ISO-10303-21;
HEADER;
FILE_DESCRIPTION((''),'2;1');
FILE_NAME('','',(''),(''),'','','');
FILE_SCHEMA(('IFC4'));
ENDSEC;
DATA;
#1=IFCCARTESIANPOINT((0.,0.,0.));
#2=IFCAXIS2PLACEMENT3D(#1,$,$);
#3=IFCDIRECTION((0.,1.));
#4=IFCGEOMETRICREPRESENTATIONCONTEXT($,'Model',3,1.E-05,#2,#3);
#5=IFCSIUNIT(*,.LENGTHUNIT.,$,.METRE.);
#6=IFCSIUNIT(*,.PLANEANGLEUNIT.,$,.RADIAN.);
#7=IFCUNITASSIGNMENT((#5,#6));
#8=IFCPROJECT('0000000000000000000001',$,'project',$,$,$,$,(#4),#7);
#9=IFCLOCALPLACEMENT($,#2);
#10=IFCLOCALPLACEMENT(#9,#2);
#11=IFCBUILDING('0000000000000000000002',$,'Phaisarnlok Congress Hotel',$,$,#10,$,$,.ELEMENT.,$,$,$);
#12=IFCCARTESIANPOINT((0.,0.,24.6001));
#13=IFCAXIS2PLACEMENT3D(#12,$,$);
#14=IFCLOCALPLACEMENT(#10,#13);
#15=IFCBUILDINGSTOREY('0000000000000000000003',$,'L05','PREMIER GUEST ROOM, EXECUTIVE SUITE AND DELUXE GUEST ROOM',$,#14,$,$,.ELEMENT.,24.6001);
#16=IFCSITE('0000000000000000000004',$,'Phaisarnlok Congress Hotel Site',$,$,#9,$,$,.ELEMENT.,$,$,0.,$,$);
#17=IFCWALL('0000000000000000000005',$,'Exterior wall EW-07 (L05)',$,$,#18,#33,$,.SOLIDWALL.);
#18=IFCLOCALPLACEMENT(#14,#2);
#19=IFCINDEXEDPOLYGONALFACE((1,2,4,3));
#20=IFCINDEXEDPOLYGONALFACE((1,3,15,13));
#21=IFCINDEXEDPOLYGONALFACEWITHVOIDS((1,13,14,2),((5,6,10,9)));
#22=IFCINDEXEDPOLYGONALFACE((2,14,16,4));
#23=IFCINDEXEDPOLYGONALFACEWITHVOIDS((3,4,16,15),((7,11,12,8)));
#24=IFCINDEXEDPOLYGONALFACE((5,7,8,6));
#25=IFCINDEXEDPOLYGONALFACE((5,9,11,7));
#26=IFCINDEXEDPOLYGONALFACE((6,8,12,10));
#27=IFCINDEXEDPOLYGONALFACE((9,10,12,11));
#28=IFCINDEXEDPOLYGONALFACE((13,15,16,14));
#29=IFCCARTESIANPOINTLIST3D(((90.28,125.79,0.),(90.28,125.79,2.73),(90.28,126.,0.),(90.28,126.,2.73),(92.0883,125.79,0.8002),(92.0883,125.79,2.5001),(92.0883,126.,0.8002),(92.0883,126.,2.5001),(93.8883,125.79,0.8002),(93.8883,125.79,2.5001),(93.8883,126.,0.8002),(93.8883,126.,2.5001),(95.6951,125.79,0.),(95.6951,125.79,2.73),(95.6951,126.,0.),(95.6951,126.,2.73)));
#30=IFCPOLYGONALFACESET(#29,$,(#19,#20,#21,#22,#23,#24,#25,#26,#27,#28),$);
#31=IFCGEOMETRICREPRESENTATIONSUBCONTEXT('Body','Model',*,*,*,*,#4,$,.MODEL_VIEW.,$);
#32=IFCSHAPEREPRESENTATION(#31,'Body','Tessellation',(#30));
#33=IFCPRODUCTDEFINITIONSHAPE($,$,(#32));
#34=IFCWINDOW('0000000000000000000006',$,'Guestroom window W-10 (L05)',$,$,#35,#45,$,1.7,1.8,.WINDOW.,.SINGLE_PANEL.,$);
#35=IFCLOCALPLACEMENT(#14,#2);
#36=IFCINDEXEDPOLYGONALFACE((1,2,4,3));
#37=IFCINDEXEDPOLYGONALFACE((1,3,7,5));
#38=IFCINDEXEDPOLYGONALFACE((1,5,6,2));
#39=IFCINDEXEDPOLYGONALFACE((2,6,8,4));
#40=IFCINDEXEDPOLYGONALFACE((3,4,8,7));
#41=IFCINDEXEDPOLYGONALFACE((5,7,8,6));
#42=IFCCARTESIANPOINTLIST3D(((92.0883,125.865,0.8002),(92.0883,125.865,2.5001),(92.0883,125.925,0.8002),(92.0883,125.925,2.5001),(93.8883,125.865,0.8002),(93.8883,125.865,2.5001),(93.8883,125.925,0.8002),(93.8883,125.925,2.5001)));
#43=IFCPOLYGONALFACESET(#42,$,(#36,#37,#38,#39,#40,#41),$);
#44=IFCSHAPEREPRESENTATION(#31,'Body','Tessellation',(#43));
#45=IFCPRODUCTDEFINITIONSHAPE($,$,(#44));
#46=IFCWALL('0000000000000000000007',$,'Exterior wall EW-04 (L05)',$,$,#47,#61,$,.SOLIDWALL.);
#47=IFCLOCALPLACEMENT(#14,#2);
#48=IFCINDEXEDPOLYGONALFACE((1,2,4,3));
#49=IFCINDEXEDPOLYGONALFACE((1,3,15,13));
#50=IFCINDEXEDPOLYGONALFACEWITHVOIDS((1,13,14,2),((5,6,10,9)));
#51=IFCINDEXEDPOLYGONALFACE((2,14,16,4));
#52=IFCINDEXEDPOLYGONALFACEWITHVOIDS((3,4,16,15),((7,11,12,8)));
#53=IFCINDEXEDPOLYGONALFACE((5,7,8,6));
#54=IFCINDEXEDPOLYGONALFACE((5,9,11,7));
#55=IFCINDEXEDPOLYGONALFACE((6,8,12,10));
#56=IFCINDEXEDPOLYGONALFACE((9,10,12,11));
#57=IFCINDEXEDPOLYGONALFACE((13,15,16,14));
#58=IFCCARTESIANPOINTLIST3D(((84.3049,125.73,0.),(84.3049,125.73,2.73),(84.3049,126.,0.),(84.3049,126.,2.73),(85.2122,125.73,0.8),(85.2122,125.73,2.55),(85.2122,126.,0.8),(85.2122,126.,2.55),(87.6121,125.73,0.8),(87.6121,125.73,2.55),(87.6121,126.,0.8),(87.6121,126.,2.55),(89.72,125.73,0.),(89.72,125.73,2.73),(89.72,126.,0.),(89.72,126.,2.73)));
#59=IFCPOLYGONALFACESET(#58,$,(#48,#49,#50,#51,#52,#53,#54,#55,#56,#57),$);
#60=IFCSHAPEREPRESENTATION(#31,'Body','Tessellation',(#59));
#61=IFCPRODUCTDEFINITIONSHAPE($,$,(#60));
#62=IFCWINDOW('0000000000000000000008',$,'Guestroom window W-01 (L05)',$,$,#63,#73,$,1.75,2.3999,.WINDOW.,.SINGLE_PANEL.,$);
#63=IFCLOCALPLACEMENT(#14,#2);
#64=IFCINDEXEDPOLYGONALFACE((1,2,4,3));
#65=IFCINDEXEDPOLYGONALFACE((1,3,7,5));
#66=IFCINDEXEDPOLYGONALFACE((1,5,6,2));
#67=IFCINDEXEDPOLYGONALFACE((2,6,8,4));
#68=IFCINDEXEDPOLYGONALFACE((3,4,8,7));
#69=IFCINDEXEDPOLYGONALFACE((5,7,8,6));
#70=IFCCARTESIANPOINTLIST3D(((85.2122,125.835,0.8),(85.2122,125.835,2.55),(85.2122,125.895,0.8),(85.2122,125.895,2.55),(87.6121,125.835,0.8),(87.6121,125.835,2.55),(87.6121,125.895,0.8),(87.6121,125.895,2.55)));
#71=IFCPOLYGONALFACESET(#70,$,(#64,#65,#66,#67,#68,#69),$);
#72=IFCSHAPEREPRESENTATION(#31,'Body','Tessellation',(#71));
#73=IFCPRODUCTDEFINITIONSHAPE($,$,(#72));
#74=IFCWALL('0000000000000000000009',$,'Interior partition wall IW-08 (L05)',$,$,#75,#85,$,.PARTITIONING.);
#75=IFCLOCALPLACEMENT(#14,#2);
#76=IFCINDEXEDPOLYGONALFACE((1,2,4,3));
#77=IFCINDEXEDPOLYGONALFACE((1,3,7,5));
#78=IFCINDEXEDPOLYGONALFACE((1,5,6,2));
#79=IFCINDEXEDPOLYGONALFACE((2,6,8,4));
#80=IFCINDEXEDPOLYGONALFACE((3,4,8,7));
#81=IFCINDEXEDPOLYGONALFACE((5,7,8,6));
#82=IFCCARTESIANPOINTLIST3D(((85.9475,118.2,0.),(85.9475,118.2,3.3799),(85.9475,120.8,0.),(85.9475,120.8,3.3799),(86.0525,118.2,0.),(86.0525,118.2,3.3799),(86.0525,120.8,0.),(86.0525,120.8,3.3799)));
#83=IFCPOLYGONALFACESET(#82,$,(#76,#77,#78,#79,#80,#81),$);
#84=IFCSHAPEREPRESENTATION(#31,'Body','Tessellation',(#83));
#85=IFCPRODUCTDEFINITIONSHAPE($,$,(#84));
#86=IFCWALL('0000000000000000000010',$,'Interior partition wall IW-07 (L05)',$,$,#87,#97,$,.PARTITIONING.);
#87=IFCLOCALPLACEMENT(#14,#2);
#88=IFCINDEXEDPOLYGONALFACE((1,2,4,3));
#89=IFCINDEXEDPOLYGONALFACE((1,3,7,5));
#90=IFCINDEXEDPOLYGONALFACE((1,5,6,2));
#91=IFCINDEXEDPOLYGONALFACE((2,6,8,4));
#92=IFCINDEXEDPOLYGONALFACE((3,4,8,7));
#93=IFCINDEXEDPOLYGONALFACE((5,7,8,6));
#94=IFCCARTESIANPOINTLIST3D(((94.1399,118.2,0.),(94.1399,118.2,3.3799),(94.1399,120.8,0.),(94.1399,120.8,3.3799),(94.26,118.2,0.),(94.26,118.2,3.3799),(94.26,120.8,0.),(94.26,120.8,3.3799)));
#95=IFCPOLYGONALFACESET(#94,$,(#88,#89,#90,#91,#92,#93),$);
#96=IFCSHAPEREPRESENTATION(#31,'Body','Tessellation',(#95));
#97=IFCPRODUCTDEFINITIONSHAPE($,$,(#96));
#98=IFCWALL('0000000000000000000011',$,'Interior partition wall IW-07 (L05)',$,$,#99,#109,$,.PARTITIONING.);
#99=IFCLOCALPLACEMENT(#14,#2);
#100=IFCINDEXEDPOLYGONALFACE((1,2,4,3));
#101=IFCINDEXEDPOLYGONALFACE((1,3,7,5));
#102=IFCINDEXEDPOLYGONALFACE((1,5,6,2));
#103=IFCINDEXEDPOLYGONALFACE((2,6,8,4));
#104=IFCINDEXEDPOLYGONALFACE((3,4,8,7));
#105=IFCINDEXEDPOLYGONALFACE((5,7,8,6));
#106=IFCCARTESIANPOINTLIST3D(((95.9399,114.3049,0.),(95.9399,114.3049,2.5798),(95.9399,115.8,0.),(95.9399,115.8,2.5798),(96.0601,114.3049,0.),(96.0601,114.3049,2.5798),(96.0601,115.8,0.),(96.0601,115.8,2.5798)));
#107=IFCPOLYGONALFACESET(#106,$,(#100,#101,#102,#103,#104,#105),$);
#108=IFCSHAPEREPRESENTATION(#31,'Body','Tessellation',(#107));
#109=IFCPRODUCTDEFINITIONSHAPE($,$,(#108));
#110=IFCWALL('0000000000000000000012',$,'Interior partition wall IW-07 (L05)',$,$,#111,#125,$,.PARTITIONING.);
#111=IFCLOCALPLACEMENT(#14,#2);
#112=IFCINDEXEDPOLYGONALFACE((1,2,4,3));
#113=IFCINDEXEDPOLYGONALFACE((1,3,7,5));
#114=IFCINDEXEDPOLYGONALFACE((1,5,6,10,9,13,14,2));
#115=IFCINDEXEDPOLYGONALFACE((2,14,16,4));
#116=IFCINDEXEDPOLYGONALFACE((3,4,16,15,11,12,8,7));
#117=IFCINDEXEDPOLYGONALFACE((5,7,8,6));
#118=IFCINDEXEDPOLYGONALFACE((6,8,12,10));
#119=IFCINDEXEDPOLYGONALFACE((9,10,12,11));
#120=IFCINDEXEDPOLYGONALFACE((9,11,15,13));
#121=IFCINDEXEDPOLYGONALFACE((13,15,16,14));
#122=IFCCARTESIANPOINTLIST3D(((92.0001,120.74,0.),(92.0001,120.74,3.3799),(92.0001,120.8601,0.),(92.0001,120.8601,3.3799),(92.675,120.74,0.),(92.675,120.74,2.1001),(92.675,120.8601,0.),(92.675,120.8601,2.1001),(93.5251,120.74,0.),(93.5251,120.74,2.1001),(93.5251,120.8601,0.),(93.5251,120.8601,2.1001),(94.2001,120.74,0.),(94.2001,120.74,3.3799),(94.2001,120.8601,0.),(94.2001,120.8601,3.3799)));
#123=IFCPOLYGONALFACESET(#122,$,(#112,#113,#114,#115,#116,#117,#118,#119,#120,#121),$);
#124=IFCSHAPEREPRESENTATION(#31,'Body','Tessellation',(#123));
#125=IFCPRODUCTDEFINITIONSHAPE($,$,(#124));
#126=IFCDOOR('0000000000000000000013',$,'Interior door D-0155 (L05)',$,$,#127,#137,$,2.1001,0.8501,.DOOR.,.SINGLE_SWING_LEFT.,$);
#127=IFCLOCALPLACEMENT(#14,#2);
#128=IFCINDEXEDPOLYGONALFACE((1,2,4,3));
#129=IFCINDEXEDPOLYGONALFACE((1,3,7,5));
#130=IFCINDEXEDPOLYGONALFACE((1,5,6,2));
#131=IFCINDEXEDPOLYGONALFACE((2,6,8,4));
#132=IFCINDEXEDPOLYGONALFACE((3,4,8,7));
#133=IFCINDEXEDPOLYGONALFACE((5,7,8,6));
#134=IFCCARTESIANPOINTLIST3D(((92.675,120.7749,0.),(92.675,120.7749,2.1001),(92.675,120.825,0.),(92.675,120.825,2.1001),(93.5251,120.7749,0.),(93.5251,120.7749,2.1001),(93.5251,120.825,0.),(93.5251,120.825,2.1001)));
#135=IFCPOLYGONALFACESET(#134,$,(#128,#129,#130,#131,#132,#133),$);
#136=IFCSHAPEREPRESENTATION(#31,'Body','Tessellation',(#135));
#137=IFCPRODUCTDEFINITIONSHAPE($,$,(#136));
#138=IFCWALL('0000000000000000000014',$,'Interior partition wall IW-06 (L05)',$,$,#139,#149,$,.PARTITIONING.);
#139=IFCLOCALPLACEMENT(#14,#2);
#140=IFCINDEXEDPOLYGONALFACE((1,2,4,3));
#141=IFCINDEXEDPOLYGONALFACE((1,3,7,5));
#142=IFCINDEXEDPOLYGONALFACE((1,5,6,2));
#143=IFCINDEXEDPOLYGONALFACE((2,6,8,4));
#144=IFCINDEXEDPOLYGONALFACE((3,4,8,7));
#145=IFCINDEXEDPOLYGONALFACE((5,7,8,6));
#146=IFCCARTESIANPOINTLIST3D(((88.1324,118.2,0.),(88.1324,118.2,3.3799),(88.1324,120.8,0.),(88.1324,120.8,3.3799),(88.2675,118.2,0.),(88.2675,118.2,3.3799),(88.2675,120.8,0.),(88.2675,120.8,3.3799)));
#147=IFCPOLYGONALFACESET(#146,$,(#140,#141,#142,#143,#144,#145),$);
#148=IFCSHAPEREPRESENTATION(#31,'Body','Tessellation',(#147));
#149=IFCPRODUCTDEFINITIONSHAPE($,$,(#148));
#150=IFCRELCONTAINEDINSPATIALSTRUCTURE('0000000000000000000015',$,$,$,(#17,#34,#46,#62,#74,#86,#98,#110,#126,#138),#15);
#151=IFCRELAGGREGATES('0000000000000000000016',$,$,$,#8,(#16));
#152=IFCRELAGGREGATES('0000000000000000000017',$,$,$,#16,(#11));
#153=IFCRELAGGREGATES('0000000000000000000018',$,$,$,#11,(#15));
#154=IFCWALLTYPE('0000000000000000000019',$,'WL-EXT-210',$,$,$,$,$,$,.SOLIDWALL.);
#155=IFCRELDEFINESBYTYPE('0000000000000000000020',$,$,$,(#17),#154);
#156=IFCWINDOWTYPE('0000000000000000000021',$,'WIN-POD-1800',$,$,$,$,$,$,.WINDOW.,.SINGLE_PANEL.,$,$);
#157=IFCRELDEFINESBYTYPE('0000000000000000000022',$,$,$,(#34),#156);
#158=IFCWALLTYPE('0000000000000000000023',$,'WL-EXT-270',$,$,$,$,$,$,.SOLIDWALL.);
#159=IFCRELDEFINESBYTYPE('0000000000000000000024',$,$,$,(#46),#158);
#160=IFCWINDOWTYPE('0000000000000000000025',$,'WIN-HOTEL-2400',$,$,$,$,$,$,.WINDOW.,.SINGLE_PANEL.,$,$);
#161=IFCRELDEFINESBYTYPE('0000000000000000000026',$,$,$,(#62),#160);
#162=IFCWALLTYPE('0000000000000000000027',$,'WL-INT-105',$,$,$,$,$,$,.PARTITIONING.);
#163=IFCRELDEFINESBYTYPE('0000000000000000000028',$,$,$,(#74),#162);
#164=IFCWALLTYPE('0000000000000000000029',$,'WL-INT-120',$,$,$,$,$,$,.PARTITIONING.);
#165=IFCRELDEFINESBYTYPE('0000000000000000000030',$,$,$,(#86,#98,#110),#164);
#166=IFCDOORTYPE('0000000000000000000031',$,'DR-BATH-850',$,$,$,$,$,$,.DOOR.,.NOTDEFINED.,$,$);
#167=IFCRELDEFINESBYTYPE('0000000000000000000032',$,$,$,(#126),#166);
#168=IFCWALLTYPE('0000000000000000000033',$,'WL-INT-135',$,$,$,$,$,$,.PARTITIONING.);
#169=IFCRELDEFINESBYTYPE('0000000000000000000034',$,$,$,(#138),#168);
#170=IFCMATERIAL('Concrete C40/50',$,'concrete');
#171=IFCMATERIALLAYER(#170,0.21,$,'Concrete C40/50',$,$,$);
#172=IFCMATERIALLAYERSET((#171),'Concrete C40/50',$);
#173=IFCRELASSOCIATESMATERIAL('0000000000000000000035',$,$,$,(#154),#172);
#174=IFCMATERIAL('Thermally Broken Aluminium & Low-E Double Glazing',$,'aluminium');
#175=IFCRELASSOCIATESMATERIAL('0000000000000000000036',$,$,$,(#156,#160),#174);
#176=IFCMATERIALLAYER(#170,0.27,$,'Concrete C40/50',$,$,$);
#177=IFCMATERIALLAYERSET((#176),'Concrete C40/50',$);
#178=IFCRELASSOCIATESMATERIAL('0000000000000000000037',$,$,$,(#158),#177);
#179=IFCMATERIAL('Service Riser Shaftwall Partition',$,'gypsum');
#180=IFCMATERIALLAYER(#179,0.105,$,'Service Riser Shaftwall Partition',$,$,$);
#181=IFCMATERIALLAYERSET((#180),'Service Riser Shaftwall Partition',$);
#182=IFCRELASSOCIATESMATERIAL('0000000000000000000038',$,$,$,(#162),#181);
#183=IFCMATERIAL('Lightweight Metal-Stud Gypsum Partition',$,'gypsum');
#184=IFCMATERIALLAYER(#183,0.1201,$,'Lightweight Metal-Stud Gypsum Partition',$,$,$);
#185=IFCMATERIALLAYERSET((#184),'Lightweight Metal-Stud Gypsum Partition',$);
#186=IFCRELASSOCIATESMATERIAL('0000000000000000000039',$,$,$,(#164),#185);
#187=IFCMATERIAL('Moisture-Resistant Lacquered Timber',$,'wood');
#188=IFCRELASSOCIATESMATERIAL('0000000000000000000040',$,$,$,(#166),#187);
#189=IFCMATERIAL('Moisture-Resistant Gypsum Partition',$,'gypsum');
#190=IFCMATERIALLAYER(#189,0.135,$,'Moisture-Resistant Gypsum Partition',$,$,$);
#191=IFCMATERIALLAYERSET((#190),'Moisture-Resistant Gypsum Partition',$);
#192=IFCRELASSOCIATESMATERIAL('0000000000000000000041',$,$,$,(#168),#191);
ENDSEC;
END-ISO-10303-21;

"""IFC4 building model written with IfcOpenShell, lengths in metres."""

from ifc_helpers import new_model, si_unit, direction, frame, frame_2d, origin, place, context, subcontext, project, spatial, rectangle, extrude, material, layer, layer_set, type_object, element, fill, save


model = new_model("IFC4")

# Units and contexts
model_context = context("Model", 3, precision=1e-05, world=origin(), true_north=direction((0.0, 1.0)))
body_context = subcontext(model_context, "Body", "Model", "MODEL_VIEW")
ifc_project = project(units=[si_unit("LENGTHUNIT", "METRE"), si_unit("PLANEANGLEUNIT", "RADIAN")], contexts=[model_context])

# Site, building, storey
site_placement = place(None, origin())
site = spatial("IfcSite", under=ifc_project, at=site_placement, Name="Phaisarnlok Congress Hotel Site", CompositionType="ELEMENT", RefElevation=0.0)
building_placement = place(site_placement, origin())
building = spatial("IfcBuilding", under=site, at=building_placement, Name="Phaisarnlok Congress Hotel", CompositionType="ELEMENT")
storey_placement = place(building_placement, frame((0.0, 0.0, 24.6001)))
storey = spatial("IfcBuildingStorey", under=building, at=storey_placement, Name="L05", Description="PREMIER GUEST ROOM, EXECUTIVE SUITE AND DELUXE GUEST ROOM", CompositionType="ELEMENT", Elevation=24.6001)

# Shared definitions
ifc_material_1 = material(Name="Concrete C40/50", Category="concrete")

# Walls, openings, windows
ifc_layer_1 = layer(ifc_material_1, 0.21, Name="Concrete C40/50")
ifc_layer_set_1 = layer_set([ifc_layer_1], Name="Concrete C40/50")
wall_type_1 = type_object("IfcWallType", Name="WL-EXT-210", PredefinedType="SOLIDWALL", material=ifc_layer_set_1)
wall_1_placement = place(storey_placement, frame((95.6951, 125.895, 0.0), z_axis=(0.0, 0.0, 1.0), x_axis=(-1.0, 0.0, 0.0)))
wall_1 = element("IfcWall", 1, at=wall_1_placement, inside=storey, type_object=wall_type_1, Name="Exterior wall EW-07 (L05)", PredefinedType="SOLIDWALL", context=body_context, shape_type="SweptSolid", body=[
    extrude(rectangle(XDim=5.415, YDim=0.21, at=frame_2d((2.7075, 0.0))), origin(), (0.0, 0.0, 1.0), 2.73),
])
opening_1_placement = place(wall_1_placement, frame((1.8069, 0.0, 0.8)))
opening_1 = element("IfcOpeningElement", 2, at=opening_1_placement, cuts=wall_1, PredefinedType="OPENING", context=body_context, shape_type="SweptSolid", body=[
    extrude(rectangle(XDim=1.8, YDim=1.7, at=frame_2d((0.8999, 0.8501))), frame((0.0, 0.115, 0.0), z_axis=(0.0, -1.0, 0.0), x_axis=(1.0, 0.0, 0.0)), (0.0, 0.0, 1.0), 0.23),
])
ifc_material_2 = material(Name="Thermally Broken Aluminium & Low-E Double Glazing", Category="aluminium")
window_type_1 = type_object("IfcWindowType", Name="WIN-POD-1800", PartitioningType="SINGLE_PANEL", PredefinedType="WINDOW", material=ifc_material_2)
window_1_placement = place(opening_1_placement, origin())
window_1 = element("IfcWindow", 3, at=window_1_placement, inside=storey, type_object=window_type_1, Name="Guestroom window W-10 (L05)", OverallHeight=1.7, OverallWidth=1.8, PartitioningType="SINGLE_PANEL", PredefinedType="WINDOW", context=body_context, shape_type="SweptSolid", body=[
    extrude(rectangle(XDim=1.8, YDim=1.7, at=frame_2d((0.8999, 0.8501))), frame((0.0, 0.03, 0.0), z_axis=(0.0, -1.0, 0.0), x_axis=(1.0, 0.0, 0.0)), (0.0, 0.0, 1.0), 0.0601),
])
fill(opening_1, window_1)
ifc_layer_2 = layer(ifc_material_1, 0.27, Name="Concrete C40/50")
ifc_layer_set_2 = layer_set([ifc_layer_2], Name="Concrete C40/50")
wall_type_2 = type_object("IfcWallType", Name="WL-EXT-270", PredefinedType="SOLIDWALL", material=ifc_layer_set_2)
wall_2_placement = place(storey_placement, frame((89.72, 125.865, 0.0), z_axis=(0.0, 0.0, 1.0), x_axis=(-1.0, 0.0, 0.0)))
wall_2 = element("IfcWall", 4, at=wall_2_placement, inside=storey, type_object=wall_type_2, Name="Exterior wall EW-04 (L05)", PredefinedType="SOLIDWALL", context=body_context, shape_type="SweptSolid", body=[
    extrude(rectangle(XDim=5.415, YDim=0.27, at=frame_2d((2.7075, 0.0))), origin(), (0.0, 0.0, 1.0), 2.73),
])
opening_2_placement = place(wall_2_placement, frame((2.1079, 0.0, 0.8)))
opening_2 = element("IfcOpeningElement", 5, at=opening_2_placement, cuts=wall_2, PredefinedType="OPENING", context=body_context, shape_type="SweptSolid", body=[
    extrude(rectangle(XDim=2.3999, YDim=1.75, at=frame_2d((1.2, 0.875))), frame((0.0, 0.145, 0.0), z_axis=(0.0, -1.0, 0.0), x_axis=(1.0, 0.0, 0.0)), (0.0, 0.0, 1.0), 0.29),
])
window_type_2 = type_object("IfcWindowType", Name="WIN-HOTEL-2400", PartitioningType="SINGLE_PANEL", PredefinedType="WINDOW", material=ifc_material_2)
window_2_placement = place(opening_2_placement, origin())
window_2 = element("IfcWindow", 6, at=window_2_placement, inside=storey, type_object=window_type_2, Name="Guestroom window W-01 (L05)", OverallHeight=1.75, OverallWidth=2.3999, PartitioningType="SINGLE_PANEL", PredefinedType="WINDOW", context=body_context, shape_type="SweptSolid", body=[
    extrude(rectangle(XDim=2.3999, YDim=1.75, at=frame_2d((1.2, 0.875))), frame((0.0, 0.03, 0.0), z_axis=(0.0, -1.0, 0.0), x_axis=(1.0, 0.0, 0.0)), (0.0, 0.0, 1.0), 0.0601),
])
fill(opening_2, window_2)

# Walls
ifc_material_3 = material(Name="Service Riser Shaftwall Partition", Category="gypsum")
ifc_layer_3 = layer(ifc_material_3, 0.105, Name="Service Riser Shaftwall Partition")
ifc_layer_set_3 = layer_set([ifc_layer_3], Name="Service Riser Shaftwall Partition")
wall_type_3 = type_object("IfcWallType", Name="WL-INT-105", PredefinedType="PARTITIONING", material=ifc_layer_set_3)
wall_3_placement = place(storey_placement, frame((86.0, 118.2, 0.0), z_axis=(0.0, 0.0, 1.0), x_axis=(0.0, 1.0, 0.0)))
element("IfcWall", 7, at=wall_3_placement, inside=storey, type_object=wall_type_3, Name="Interior partition wall IW-08 (L05)", PredefinedType="PARTITIONING", context=body_context, shape_type="SweptSolid", body=[
    extrude(rectangle(XDim=2.6001, YDim=0.105, at=frame_2d((1.3, 0.0))), origin(), (0.0, 0.0, 1.0), 3.3799),
])
ifc_material_4 = material(Name="Lightweight Metal-Stud Gypsum Partition", Category="gypsum")
ifc_layer_4 = layer(ifc_material_4, 0.1201, Name="Lightweight Metal-Stud Gypsum Partition")
ifc_layer_set_4 = layer_set([ifc_layer_4], Name="Lightweight Metal-Stud Gypsum Partition")
wall_type_4 = type_object("IfcWallType", Name="WL-INT-120", PredefinedType="PARTITIONING", material=ifc_layer_set_4)
wall_4_placement = place(storey_placement, frame((94.2, 118.2, 0.0), z_axis=(0.0, 0.0, 1.0), x_axis=(0.0, 1.0, 0.0)))
element("IfcWall", 8, at=wall_4_placement, inside=storey, type_object=wall_type_4, Name="Interior partition wall IW-07 (L05)", PredefinedType="PARTITIONING", context=body_context, shape_type="SweptSolid", body=[
    extrude(rectangle(XDim=2.6001, YDim=0.1201, at=frame_2d((1.3, 0.0))), origin(), (0.0, 0.0, 1.0), 3.3799),
])
wall_5_placement = place(storey_placement, frame((96.0, 114.3049, 0.0), z_axis=(0.0, 0.0, 1.0), x_axis=(0.0, 1.0, 0.0)))
element("IfcWall", 9, at=wall_5_placement, inside=storey, type_object=wall_type_4, Name="Interior partition wall IW-07 (L05)", PredefinedType="PARTITIONING", context=body_context, shape_type="SweptSolid", body=[
    extrude(rectangle(XDim=1.4951, YDim=0.1201, at=frame_2d((0.7476, 0.0))), origin(), (0.0, 0.0, 1.0), 2.5798),
])

# Wall, opening, door
wall_6_placement = place(storey_placement, frame((92.0, 120.8, 0.0), z_axis=(0.0, 0.0, 1.0), x_axis=(1.0, 0.0, 0.0)))
wall_6 = element("IfcWall", 10, at=wall_6_placement, inside=storey, type_object=wall_type_4, Name="Interior partition wall IW-07 (L05)", PredefinedType="PARTITIONING", context=body_context, shape_type="SweptSolid", body=[
    extrude(rectangle(XDim=2.2, YDim=0.1201, at=frame_2d((1.1001, 0.0))), origin(), (0.0, 0.0, 1.0), 3.3799),
])
opening_3_placement = place(wall_6_placement, frame((0.675, 0.0, 0.0)))
opening_3 = element("IfcOpeningElement", 11, at=opening_3_placement, cuts=wall_6, PredefinedType="OPENING", context=body_context, shape_type="SweptSolid", body=[
    extrude(rectangle(XDim=0.8501, YDim=2.1001, at=frame_2d((0.425, 1.05))), frame((0.0, 0.0701, 0.0), z_axis=(0.0, -1.0, 0.0), x_axis=(1.0, 0.0, 0.0)), (0.0, 0.0, 1.0), 0.1401),
])
ifc_material_5 = material(Name="Moisture-Resistant Lacquered Timber", Category="wood")
door_type = type_object("IfcDoorType", Name="DR-BATH-850", OperationType="NOTDEFINED", PredefinedType="DOOR", material=ifc_material_5)
door_1_placement = place(opening_3_placement, origin())
door_1 = element("IfcDoor", 12, at=door_1_placement, inside=storey, type_object=door_type, Name="Interior door D-0155 (L05)", OperationType="SINGLE_SWING_LEFT", OverallHeight=2.1001, OverallWidth=0.8501, PredefinedType="DOOR", context=body_context, shape_type="SweptSolid", body=[
    extrude(rectangle(XDim=0.8501, YDim=2.1001, at=frame_2d((0.425, 1.05))), frame((0.0, 0.0249, 0.0), z_axis=(0.0, -1.0, 0.0), x_axis=(1.0, 0.0, 0.0)), (0.0, 0.0, 1.0), 0.05),
])
fill(opening_3, door_1)

# Wall
ifc_material_6 = material(Name="Moisture-Resistant Gypsum Partition", Category="gypsum")
ifc_layer_5 = layer(ifc_material_6, 0.135, Name="Moisture-Resistant Gypsum Partition")
ifc_layer_set_5 = layer_set([ifc_layer_5], Name="Moisture-Resistant Gypsum Partition")
wall_type_5 = type_object("IfcWallType", Name="WL-INT-135", PredefinedType="PARTITIONING", material=ifc_layer_set_5)
wall_7_placement = place(storey_placement, frame((88.2, 118.2, 0.0), z_axis=(0.0, 0.0, 1.0), x_axis=(0.0, 1.0, 0.0)))
element("IfcWall", 13, at=wall_7_placement, inside=storey, type_object=wall_type_5, Name="Interior partition wall IW-06 (L05)", PredefinedType="PARTITIONING", context=body_context, shape_type="SweptSolid", body=[
    extrude(rectangle(XDim=2.6001, YDim=0.135, at=frame_2d((1.3, 0.0))), origin(), (0.0, 0.0, 1.0), 3.3799),
])

save(model, "model.ifc")
